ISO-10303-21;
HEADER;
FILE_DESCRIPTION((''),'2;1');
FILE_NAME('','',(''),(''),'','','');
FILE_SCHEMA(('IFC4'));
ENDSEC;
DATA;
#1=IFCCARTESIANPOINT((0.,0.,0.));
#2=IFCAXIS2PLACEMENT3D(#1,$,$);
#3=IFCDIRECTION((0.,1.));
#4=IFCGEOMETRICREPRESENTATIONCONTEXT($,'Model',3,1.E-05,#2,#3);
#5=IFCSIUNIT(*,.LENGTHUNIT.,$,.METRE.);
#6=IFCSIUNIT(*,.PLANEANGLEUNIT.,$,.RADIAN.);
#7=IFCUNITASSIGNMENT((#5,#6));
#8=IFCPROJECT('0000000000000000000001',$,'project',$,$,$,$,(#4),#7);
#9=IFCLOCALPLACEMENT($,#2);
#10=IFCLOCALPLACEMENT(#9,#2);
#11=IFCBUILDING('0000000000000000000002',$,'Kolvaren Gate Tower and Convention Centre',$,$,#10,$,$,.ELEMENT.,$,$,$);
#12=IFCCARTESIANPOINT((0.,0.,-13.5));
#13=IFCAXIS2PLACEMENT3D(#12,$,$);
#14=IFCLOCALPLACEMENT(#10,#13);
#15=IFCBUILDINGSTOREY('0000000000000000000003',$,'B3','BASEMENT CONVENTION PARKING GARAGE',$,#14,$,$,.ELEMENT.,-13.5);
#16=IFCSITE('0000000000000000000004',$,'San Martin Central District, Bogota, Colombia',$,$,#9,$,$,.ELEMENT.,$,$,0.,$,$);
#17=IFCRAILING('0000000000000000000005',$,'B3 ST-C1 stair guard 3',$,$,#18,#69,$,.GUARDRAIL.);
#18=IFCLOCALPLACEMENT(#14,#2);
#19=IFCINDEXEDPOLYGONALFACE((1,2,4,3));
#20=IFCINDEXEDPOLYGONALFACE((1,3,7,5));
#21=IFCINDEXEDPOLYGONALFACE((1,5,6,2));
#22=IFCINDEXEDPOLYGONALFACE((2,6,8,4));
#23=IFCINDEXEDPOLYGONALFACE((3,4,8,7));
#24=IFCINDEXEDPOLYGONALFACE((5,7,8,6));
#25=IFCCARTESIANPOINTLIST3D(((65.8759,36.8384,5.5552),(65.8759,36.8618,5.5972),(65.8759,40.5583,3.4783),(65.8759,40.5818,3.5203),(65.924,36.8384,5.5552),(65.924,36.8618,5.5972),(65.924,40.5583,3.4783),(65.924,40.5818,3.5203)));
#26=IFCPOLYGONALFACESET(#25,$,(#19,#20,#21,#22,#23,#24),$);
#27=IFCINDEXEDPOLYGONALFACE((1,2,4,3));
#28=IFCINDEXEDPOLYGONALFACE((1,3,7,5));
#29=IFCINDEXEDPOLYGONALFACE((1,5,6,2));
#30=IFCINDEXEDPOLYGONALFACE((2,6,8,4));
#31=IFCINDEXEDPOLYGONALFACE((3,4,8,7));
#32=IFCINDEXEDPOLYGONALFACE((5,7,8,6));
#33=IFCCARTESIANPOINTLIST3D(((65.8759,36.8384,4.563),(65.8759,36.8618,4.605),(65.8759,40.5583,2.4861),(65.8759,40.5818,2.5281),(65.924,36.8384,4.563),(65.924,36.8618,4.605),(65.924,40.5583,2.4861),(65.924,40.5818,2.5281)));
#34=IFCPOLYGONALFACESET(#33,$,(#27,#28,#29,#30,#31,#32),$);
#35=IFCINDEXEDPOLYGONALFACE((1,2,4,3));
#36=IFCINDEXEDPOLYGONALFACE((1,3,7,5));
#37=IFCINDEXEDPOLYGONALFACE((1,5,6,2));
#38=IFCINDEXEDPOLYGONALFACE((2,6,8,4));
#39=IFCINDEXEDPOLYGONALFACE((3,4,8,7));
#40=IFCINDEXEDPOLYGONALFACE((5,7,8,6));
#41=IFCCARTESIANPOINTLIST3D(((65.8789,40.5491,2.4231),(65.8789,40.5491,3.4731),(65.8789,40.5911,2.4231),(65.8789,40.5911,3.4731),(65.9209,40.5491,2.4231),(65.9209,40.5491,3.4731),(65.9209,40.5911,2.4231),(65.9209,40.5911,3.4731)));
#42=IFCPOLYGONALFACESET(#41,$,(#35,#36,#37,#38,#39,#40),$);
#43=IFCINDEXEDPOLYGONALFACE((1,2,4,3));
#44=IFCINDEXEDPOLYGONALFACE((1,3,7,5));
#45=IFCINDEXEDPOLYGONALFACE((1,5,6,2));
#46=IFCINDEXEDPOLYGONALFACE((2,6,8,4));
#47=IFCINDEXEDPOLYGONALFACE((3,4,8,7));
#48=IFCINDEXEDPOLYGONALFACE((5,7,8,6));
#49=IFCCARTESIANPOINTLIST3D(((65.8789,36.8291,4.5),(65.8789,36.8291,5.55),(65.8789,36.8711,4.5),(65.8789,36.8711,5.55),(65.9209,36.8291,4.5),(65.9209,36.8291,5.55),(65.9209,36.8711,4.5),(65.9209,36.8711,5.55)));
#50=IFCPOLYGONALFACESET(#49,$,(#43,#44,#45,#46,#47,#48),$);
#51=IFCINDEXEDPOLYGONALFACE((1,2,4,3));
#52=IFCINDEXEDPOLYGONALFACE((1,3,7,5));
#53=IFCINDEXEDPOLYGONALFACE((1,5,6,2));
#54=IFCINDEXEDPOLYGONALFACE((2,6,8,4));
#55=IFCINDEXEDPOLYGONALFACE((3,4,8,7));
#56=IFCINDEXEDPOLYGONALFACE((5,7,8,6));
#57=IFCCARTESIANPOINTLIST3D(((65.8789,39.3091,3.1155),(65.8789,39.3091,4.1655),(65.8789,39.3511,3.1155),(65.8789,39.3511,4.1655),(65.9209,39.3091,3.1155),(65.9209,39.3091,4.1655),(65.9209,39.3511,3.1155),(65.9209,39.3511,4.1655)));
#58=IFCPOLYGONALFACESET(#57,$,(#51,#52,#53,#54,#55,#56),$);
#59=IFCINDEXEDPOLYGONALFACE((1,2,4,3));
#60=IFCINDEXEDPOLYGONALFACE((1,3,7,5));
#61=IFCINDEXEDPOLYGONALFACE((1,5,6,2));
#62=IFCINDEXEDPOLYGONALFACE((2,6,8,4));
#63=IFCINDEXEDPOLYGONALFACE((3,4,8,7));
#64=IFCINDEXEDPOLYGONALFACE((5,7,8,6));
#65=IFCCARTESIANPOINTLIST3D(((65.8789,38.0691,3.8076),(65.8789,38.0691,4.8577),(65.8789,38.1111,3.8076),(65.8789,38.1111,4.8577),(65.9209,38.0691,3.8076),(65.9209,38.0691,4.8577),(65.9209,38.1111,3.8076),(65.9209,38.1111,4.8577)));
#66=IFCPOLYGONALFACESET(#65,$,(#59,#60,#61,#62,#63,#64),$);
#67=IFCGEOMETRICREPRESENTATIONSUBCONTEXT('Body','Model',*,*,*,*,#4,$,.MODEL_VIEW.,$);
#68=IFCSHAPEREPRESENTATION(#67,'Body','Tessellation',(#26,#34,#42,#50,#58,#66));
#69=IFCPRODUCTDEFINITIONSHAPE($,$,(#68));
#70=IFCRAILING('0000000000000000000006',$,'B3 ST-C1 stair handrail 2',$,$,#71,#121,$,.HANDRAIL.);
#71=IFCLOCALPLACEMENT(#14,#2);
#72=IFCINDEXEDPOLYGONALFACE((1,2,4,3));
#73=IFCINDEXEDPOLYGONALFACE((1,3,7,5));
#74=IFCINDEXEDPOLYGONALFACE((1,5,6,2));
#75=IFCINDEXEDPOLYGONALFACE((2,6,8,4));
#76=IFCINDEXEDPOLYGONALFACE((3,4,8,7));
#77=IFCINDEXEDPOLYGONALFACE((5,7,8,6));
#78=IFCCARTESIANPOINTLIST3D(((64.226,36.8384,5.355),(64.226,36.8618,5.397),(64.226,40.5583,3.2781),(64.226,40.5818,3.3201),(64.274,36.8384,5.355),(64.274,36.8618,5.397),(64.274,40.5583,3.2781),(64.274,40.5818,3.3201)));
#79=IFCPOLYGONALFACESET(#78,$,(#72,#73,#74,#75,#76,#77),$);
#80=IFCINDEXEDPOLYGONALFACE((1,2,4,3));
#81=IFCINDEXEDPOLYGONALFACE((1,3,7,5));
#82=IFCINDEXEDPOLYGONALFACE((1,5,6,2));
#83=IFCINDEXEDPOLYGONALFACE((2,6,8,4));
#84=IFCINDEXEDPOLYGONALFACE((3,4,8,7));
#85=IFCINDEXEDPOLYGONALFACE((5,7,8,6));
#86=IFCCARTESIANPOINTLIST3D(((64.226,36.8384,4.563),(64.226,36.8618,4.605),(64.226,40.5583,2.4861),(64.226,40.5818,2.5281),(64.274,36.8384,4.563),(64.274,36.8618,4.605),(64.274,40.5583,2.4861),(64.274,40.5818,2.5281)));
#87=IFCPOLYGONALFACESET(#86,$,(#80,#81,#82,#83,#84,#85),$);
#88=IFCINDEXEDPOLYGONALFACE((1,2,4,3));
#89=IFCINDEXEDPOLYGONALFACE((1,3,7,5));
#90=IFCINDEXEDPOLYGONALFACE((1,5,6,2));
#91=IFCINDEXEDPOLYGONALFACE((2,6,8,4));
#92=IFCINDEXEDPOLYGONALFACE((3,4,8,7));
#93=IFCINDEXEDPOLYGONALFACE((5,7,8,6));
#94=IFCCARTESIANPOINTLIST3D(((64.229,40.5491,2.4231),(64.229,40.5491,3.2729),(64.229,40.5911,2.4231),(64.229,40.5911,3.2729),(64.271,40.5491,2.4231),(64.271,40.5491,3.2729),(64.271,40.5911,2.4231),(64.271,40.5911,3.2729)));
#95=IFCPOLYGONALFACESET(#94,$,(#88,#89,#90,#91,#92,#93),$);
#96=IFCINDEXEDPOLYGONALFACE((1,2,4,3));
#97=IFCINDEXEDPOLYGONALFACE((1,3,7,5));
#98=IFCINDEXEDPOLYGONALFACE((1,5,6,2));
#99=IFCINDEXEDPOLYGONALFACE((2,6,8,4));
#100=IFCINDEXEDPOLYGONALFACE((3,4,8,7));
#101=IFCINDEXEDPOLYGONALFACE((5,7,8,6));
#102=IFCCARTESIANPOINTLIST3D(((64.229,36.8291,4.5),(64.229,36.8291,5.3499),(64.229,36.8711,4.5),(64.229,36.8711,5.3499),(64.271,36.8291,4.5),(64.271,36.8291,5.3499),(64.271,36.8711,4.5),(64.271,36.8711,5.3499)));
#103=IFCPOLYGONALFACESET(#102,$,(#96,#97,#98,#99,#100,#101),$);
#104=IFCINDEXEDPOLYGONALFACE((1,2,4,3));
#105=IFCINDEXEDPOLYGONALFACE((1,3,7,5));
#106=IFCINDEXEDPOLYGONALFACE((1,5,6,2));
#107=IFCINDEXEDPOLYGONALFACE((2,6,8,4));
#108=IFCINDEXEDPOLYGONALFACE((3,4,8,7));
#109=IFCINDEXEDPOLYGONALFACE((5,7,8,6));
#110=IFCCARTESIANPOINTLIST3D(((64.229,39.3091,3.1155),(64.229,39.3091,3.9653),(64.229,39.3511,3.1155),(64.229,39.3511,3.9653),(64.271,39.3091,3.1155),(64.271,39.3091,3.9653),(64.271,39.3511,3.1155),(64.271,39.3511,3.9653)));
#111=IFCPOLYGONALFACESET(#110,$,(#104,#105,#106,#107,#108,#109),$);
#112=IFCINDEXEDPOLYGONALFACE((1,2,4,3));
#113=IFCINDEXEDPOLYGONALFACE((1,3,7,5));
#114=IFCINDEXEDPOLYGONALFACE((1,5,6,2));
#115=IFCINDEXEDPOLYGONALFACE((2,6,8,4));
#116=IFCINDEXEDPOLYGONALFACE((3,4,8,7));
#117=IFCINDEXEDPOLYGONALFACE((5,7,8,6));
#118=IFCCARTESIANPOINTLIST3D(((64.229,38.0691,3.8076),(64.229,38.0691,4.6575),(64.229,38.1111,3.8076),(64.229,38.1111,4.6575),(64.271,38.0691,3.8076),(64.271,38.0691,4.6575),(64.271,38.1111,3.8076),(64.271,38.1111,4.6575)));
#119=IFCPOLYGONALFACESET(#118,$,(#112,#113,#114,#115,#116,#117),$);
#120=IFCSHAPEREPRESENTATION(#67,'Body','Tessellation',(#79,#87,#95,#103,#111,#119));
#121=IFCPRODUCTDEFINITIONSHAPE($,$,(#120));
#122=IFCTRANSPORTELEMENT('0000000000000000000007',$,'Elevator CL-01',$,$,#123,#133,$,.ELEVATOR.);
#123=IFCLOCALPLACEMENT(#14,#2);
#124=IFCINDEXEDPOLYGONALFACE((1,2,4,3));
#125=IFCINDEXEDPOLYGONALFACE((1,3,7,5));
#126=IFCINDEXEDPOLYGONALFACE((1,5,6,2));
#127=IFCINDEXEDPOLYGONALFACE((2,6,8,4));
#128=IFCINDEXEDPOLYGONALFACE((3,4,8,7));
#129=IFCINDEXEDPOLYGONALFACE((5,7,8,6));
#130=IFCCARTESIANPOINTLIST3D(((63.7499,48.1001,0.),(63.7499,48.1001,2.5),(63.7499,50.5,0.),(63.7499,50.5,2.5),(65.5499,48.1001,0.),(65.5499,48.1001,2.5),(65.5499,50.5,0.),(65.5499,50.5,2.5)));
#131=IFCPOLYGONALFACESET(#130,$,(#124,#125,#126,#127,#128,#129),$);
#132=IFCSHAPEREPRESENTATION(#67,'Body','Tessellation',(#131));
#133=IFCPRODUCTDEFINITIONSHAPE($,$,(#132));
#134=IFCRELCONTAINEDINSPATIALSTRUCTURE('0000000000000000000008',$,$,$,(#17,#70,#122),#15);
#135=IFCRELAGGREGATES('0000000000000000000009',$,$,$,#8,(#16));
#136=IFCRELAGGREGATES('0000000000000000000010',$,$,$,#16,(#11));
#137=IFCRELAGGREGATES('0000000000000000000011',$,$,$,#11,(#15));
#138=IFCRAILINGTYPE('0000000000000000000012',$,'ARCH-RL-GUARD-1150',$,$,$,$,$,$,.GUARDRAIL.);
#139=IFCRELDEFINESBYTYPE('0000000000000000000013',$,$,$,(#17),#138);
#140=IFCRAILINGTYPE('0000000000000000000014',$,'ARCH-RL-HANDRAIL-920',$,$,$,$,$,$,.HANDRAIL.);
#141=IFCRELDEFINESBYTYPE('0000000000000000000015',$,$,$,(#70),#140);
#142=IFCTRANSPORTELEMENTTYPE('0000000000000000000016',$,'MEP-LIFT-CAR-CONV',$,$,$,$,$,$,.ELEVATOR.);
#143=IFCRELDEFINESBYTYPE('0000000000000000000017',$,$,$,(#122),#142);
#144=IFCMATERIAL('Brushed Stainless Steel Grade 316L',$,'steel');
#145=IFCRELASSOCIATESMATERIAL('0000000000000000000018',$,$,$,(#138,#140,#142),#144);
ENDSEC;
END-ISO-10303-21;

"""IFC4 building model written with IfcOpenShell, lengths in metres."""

from ifc_helpers import new_model, si_unit, direction, frame, origin, origin_2d, place, context, subcontext, project, spatial, rectangle, extrude, material, type_object, element, save


model = new_model("IFC4")

# Units and contexts
model_context = context("Model", 3, precision=1e-05, world=origin(), true_north=direction((0.0, 1.0)))
body_context = subcontext(model_context, "Body", "Model", "MODEL_VIEW")
ifc_project = project(units=[si_unit("LENGTHUNIT", "METRE"), si_unit("PLANEANGLEUNIT", "RADIAN")], contexts=[model_context])

# Site, building, storey
site_placement = place(None, origin())
site = spatial("IfcSite", under=ifc_project, at=site_placement, Name="San Martin Central District, Bogota, Colombia", CompositionType="ELEMENT", RefElevation=0.0)
building_placement = place(site_placement, origin())
building = spatial("IfcBuilding", under=site, at=building_placement, Name="Kolvaren Gate Tower and Convention Centre", CompositionType="ELEMENT")
storey_placement = place(building_placement, frame((0.0, 0.0, -13.5)))
storey = spatial("IfcBuildingStorey", under=building, at=storey_placement, Name="B3", Description="BASEMENT CONVENTION PARKING GARAGE", CompositionType="ELEMENT", Elevation=-13.5)

# Shared definitions
ifc_material_1 = material(Name="Brushed Stainless Steel Grade 316L", Category="steel")

# Railings
railing_type_1 = type_object("IfcRailingType", Name="ARCH-RL-GUARD-1150", PredefinedType="GUARDRAIL", material=ifc_material_1)
railing_1_placement = place(storey_placement, frame((65.8999, 40.5701, 2.4231)))
element("IfcRailing", 1, at=railing_1_placement, inside=storey, type_object=railing_type_1, Name="B3 ST-C1 stair guard 3", PredefinedType="GUARDRAIL", context=body_context, shape_type="SweptSolid", body=[
    extrude(rectangle(XDim=0.0481, YDim=0.0481, at=origin_2d()), frame((0.0, 0.0, 1.0762), z_axis=(0.0, -0.873134, 0.487481), x_axis=(1.0, 0.0, 0.0)), (0.0, 0.0, 1.0), 4.2605),
    extrude(rectangle(XDim=0.0481, YDim=0.0481, at=origin_2d()), frame((0.0, 0.0, 0.084), z_axis=(0.0, -0.873134, 0.487481), x_axis=(1.0, 0.0, 0.0)), (0.0, 0.0, 1.0), 4.2605),
    extrude(rectangle(XDim=0.042, YDim=0.042, at=origin_2d()), origin(), (0.0, 0.0, 1.0), 1.05),
    extrude(rectangle(XDim=0.042, YDim=0.042, at=origin_2d()), frame((0.0, -3.72, 2.0769)), (0.0, 0.0, 1.0), 1.05),
    extrude(rectangle(XDim=0.042, YDim=0.042, at=origin_2d()), frame((0.0, -1.24, 0.6924)), (0.0, 0.0, 1.0), 1.05),
    extrude(rectangle(XDim=0.042, YDim=0.042, at=origin_2d()), frame((0.0, -2.48, 1.3845)), (0.0, 0.0, 1.0), 1.05),
])
railing_type_2 = type_object("IfcRailingType", Name="ARCH-RL-HANDRAIL-920", PredefinedType="HANDRAIL", material=ifc_material_1)
railing_2_placement = place(storey_placement, frame((64.25, 40.5701, 2.4231)))
element("IfcRailing", 2, at=railing_2_placement, inside=storey, type_object=railing_type_2, Name="B3 ST-C1 stair handrail 2", PredefinedType="HANDRAIL", context=body_context, shape_type="SweptSolid", body=[
    extrude(rectangle(XDim=0.0481, YDim=0.0481, at=origin_2d()), frame((0.0, 0.0, 0.876), z_axis=(0.0, -0.873134, 0.487481), x_axis=(1.0, 0.0, 0.0)), (0.0, 0.0, 1.0), 4.2605),
    extrude(rectangle(XDim=0.0481, YDim=0.0481, at=origin_2d()), frame((0.0, 0.0, 0.084), z_axis=(0.0, -0.873134, 0.487481), x_axis=(1.0, 0.0, 0.0)), (0.0, 0.0, 1.0), 4.2605),
    extrude(rectangle(XDim=0.042, YDim=0.042, at=origin_2d()), origin(), (0.0, 0.0, 1.0), 0.8499),
    extrude(rectangle(XDim=0.042, YDim=0.042, at=origin_2d()), frame((0.0, -3.72, 2.0769)), (0.0, 0.0, 1.0), 0.8499),
    extrude(rectangle(XDim=0.042, YDim=0.042, at=origin_2d()), frame((0.0, -1.24, 0.6924)), (0.0, 0.0, 1.0), 0.8499),
    extrude(rectangle(XDim=0.042, YDim=0.042, at=origin_2d()), frame((0.0, -2.48, 1.3845)), (0.0, 0.0, 1.0), 0.8499),
])

# Transport element
transport_element_type = type_object("IfcTransportElementType", Name="MEP-LIFT-CAR-CONV", PredefinedType="ELEVATOR", material=ifc_material_1)
transport_element_placement = place(storey_placement, frame((64.6499, 49.3, 0.0), z_axis=(0.0, 0.0, 1.0), x_axis=(1.0, 0.0, 0.0)))
element("IfcTransportElement", 3, at=transport_element_placement, inside=storey, type_object=transport_element_type, Name="Elevator CL-01", PredefinedType="ELEVATOR", context=body_context, shape_type="SweptSolid", body=[
    extrude(rectangle(XDim=1.8, YDim=2.3999, at=origin_2d()), origin(), (0.0, 0.0, 1.0), 2.5),
])

save(model, "model.ifc")
